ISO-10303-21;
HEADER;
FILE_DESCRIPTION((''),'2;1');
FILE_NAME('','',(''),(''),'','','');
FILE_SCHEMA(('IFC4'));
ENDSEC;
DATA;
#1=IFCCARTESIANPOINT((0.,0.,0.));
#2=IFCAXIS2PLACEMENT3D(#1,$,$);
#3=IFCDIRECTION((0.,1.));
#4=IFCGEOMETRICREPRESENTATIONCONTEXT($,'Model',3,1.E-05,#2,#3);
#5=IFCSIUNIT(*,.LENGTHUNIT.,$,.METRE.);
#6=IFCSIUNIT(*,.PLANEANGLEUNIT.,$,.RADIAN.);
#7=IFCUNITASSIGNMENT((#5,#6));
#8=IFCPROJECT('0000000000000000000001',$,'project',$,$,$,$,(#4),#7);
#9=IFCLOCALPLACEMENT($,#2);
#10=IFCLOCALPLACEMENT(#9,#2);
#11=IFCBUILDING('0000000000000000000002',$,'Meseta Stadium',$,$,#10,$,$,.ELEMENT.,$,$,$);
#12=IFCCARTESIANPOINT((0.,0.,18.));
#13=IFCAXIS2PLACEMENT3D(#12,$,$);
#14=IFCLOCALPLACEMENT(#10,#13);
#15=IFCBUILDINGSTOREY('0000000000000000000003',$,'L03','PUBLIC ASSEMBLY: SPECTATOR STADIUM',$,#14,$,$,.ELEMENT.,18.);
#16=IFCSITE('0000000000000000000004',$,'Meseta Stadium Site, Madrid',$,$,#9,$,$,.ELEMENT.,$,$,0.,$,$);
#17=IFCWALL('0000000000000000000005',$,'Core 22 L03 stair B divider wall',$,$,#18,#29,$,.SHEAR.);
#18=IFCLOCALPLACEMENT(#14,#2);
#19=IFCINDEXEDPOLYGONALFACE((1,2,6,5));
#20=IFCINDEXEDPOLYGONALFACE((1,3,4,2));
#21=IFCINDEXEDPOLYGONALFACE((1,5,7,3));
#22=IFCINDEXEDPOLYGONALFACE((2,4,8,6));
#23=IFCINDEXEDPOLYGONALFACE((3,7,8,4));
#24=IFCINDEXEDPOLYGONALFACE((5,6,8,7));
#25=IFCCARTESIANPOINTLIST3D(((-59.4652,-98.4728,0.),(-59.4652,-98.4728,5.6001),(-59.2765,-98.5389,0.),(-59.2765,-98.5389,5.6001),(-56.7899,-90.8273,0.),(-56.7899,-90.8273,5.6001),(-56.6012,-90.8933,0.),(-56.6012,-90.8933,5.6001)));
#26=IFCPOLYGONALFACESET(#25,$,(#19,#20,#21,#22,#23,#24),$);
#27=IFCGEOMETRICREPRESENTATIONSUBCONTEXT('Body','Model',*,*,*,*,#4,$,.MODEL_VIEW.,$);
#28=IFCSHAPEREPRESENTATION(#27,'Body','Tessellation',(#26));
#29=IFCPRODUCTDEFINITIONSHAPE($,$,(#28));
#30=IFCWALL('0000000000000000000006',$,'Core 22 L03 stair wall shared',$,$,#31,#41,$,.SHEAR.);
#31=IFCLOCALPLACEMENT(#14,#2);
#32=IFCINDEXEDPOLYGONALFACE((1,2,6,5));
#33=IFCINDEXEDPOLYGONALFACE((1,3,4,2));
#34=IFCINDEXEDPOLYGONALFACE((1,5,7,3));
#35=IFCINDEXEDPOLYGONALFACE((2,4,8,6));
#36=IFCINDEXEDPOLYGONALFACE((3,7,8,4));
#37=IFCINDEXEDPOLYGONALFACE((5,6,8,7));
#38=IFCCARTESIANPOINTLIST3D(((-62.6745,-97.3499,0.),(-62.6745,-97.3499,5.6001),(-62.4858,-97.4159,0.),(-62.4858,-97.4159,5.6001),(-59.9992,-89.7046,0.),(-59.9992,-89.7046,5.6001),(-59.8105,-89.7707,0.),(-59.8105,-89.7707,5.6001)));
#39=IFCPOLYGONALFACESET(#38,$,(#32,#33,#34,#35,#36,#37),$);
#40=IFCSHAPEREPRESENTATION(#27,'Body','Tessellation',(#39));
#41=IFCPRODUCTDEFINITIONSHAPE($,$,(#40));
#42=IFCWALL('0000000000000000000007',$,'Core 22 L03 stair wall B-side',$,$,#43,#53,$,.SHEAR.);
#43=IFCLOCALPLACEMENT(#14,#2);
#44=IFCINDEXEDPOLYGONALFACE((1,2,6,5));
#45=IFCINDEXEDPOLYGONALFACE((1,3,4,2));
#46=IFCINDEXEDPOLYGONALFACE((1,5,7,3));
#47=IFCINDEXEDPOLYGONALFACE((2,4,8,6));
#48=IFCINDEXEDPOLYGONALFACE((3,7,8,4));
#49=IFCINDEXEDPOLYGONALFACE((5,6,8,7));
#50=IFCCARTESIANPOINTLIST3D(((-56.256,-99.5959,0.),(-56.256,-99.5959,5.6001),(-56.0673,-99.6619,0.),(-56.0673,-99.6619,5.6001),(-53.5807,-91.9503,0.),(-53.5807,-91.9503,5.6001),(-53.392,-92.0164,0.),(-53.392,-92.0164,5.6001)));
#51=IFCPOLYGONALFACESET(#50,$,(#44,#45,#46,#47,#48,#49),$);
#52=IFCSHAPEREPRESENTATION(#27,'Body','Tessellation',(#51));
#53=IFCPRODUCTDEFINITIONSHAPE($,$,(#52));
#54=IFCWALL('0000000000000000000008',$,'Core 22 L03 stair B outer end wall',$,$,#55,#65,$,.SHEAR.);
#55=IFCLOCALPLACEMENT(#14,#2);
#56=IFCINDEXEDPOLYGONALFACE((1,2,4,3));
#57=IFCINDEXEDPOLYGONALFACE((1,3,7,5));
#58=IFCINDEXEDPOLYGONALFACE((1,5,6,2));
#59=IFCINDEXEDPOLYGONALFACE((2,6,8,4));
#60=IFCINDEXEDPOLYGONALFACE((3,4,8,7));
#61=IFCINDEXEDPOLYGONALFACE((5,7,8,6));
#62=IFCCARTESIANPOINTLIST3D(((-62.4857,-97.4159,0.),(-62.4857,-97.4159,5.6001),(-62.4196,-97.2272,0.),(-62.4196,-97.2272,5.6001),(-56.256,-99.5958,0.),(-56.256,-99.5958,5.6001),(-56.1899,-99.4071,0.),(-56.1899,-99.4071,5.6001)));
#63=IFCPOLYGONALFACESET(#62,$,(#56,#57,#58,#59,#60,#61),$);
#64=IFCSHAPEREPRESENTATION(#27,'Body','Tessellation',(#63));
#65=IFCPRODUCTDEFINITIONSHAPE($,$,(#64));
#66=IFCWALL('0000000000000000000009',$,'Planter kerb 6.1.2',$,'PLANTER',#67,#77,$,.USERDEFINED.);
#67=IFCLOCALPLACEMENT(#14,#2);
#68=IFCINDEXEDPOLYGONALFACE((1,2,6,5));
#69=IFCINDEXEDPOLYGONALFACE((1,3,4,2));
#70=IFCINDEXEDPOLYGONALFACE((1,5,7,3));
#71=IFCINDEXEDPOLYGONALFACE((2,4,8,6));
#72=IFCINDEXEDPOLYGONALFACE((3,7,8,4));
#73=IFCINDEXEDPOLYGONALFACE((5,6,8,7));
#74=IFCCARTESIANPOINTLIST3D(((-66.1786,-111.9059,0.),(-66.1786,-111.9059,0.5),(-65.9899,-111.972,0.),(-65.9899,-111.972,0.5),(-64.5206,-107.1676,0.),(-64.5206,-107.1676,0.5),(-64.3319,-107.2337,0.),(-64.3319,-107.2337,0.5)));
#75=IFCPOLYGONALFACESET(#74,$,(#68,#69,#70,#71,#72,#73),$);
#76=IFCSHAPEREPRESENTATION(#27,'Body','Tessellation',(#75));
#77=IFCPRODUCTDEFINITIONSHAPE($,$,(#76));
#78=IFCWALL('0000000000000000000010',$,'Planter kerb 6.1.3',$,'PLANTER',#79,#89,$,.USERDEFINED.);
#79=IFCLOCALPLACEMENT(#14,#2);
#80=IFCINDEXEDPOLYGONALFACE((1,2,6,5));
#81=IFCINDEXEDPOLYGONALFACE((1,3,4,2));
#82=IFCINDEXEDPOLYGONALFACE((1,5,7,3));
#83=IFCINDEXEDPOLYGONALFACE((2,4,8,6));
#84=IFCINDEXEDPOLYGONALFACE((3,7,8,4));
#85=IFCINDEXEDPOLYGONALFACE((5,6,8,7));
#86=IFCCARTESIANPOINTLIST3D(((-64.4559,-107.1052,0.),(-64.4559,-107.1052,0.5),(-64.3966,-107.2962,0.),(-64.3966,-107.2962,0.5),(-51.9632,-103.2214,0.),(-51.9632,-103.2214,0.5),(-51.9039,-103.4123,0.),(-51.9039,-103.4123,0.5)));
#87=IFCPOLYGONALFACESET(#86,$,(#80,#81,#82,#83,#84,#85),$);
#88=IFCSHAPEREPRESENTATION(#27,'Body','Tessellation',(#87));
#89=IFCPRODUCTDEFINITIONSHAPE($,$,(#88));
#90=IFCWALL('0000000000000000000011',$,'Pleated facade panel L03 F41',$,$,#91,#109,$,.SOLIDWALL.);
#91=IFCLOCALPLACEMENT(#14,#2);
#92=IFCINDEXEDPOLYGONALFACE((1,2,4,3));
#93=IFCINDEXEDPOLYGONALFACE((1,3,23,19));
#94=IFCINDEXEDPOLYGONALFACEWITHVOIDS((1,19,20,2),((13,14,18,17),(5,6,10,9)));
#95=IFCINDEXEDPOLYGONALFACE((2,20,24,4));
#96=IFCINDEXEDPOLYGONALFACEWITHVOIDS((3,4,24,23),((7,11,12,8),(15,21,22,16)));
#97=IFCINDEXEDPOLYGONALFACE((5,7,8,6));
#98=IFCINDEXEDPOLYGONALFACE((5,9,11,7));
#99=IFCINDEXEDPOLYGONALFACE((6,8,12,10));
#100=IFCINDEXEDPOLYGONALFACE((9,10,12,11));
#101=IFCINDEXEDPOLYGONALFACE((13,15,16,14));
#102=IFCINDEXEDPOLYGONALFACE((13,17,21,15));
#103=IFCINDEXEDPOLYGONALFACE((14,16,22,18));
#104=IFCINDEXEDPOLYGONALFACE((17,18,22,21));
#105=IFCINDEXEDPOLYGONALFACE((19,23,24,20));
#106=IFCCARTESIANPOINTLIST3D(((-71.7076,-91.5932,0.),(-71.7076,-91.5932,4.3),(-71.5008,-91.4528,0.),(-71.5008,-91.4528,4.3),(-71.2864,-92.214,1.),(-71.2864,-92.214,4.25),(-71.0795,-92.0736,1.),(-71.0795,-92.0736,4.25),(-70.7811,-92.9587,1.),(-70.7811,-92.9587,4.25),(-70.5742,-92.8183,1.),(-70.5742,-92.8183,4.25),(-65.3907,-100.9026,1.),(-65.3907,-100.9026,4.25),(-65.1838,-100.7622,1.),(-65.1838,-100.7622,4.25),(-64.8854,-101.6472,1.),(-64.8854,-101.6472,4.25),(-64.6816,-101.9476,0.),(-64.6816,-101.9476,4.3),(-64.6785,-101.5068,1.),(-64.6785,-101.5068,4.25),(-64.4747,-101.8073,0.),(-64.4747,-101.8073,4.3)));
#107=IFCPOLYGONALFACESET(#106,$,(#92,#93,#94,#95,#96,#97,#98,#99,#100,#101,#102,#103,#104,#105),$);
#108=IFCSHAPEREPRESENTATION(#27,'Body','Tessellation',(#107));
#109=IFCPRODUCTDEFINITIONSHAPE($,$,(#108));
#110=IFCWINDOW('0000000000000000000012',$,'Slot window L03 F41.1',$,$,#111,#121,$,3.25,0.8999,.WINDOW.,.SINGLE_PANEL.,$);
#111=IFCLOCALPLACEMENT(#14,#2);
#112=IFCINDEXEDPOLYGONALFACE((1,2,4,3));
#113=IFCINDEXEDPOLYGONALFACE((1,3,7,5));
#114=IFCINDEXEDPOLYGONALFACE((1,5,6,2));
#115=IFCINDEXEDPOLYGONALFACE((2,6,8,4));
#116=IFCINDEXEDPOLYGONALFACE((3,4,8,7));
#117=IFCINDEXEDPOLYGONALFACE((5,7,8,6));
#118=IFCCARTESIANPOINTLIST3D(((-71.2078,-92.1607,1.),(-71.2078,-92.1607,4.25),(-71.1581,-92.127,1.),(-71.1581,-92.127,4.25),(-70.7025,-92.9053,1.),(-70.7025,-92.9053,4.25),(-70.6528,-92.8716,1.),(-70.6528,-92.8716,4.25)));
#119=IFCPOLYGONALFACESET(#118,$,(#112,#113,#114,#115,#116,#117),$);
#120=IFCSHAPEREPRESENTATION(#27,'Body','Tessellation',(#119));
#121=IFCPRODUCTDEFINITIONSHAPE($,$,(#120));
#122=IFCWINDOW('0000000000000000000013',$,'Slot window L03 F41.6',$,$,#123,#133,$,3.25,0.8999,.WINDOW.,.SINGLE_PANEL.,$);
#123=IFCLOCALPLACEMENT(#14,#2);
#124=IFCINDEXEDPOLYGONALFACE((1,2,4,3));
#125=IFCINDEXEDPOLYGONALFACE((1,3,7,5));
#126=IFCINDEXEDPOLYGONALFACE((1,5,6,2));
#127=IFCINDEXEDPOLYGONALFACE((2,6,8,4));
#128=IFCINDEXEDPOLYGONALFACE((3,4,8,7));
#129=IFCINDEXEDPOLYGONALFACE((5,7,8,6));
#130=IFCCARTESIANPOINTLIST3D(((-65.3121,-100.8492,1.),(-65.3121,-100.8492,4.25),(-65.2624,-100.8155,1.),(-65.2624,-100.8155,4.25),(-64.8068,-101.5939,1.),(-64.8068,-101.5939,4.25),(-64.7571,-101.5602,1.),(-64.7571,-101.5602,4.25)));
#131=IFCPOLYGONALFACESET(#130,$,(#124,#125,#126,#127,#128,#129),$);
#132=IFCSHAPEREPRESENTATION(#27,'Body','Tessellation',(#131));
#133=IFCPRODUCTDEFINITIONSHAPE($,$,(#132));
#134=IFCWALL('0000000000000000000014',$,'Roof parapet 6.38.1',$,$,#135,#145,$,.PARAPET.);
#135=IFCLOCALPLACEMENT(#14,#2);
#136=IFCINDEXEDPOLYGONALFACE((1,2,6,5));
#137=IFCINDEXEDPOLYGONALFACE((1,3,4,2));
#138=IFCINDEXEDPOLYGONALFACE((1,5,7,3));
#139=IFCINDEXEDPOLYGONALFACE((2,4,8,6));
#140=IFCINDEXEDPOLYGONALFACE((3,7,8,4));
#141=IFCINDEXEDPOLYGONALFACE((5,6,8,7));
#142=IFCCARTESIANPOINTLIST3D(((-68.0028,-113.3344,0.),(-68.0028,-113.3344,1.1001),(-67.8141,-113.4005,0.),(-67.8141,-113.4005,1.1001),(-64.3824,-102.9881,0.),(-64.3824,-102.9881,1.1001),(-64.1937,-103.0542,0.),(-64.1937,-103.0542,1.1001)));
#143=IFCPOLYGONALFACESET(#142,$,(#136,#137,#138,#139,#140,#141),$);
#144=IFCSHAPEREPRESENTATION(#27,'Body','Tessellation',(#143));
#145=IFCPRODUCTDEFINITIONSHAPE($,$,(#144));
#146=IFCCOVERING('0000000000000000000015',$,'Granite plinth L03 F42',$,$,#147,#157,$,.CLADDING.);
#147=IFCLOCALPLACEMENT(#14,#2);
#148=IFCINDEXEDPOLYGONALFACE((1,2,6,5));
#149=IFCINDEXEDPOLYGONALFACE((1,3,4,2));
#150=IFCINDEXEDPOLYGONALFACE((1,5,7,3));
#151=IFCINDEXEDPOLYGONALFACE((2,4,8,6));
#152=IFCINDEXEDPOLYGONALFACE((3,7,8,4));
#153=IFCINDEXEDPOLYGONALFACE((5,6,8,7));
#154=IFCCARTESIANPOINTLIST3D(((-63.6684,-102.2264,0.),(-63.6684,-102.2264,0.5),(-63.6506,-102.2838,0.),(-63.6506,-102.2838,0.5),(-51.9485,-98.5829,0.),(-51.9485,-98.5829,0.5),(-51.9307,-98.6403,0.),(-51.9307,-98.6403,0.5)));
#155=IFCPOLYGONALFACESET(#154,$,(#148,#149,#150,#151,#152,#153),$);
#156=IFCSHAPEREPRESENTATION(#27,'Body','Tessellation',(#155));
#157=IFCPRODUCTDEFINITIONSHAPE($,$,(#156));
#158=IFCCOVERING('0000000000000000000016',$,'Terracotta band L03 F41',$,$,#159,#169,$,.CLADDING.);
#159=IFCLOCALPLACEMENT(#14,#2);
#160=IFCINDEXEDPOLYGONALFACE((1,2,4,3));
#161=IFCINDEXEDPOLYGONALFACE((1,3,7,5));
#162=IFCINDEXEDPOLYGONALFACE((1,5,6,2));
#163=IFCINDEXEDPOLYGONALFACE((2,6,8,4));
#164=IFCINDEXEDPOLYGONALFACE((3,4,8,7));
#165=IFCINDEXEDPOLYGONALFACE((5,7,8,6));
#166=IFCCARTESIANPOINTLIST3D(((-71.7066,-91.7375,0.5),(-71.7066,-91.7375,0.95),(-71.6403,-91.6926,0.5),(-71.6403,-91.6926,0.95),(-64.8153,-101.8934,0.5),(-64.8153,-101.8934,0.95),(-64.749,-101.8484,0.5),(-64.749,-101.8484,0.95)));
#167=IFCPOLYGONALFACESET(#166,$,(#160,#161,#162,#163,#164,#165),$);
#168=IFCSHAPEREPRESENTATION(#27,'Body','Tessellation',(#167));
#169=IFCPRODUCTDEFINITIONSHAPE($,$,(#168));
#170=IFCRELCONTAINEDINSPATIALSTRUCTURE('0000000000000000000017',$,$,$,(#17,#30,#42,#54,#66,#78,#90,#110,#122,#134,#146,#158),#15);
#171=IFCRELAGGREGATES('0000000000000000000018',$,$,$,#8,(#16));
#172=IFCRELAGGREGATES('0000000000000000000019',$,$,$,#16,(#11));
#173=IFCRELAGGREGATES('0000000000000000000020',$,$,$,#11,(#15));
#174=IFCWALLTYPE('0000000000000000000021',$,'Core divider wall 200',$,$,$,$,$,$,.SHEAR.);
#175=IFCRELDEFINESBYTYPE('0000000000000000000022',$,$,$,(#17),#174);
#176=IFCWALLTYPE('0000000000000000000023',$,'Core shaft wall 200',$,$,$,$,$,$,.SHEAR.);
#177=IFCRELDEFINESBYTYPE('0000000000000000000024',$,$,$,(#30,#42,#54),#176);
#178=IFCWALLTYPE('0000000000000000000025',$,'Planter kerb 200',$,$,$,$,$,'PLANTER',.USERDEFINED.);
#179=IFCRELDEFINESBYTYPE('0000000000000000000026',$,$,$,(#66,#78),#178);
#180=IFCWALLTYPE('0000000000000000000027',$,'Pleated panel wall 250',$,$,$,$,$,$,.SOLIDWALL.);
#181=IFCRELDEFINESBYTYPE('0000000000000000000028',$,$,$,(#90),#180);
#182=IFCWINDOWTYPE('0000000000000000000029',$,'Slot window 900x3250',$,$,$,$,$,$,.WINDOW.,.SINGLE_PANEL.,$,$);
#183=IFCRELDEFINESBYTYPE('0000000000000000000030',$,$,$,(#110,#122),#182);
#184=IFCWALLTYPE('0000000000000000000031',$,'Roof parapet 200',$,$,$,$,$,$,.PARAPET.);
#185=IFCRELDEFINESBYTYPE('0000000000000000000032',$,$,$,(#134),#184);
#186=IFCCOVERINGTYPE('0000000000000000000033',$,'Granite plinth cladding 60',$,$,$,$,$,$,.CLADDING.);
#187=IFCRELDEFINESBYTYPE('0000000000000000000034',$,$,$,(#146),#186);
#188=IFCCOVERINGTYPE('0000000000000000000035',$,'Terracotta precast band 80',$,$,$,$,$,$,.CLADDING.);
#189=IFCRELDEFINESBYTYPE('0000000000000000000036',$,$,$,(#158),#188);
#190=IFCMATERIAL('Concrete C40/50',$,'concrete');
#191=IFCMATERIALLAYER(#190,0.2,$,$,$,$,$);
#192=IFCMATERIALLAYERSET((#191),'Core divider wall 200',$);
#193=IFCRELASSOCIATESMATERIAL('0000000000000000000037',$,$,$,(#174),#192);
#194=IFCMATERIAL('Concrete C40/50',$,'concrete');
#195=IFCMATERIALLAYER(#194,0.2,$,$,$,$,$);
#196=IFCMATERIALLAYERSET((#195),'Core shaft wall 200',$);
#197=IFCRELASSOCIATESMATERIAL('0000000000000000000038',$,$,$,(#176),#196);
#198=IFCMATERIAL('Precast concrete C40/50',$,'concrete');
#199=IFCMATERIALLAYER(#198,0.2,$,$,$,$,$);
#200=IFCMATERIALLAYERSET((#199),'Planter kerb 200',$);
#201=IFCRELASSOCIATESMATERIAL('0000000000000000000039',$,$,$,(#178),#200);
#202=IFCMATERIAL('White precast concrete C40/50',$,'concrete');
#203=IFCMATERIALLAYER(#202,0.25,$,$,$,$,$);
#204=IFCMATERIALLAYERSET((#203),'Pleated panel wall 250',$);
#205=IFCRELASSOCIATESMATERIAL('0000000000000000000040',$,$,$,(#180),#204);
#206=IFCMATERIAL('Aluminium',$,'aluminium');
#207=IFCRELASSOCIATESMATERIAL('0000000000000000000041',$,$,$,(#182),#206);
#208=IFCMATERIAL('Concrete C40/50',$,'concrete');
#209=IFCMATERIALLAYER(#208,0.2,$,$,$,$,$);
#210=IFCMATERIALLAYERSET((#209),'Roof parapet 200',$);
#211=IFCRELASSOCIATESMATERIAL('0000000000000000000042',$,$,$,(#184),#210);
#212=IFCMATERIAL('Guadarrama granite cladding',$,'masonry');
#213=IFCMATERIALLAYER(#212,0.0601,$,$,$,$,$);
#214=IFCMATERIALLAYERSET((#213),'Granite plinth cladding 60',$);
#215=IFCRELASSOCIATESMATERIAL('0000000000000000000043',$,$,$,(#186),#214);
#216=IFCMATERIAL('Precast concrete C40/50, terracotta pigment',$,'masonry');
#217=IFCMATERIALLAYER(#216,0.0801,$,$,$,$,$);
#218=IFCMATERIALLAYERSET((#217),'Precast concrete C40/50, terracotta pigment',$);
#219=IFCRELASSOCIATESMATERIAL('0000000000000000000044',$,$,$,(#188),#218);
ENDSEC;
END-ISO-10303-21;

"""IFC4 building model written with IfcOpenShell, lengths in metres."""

from ifc_helpers import new_model, si_unit, direction, frame, frame_2d, origin, origin_2d, place, context, subcontext, project, spatial, rectangle, extrude, material, layer, layer_set, type_object, element, fill, save


model = new_model("IFC4")

# Units and contexts
model_context = context("Model", 3, precision=1e-05, world=origin(), true_north=direction((0.0, 1.0)))
body_context = subcontext(model_context, "Body", "Model", "MODEL_VIEW")
ifc_project = project(units=[si_unit("LENGTHUNIT", "METRE"), si_unit("PLANEANGLEUNIT", "RADIAN")], contexts=[model_context])

# Site, building, storey
site_placement = place(None, origin())
site = spatial("IfcSite", under=ifc_project, at=site_placement, Name="Meseta Stadium Site, Madrid", CompositionType="ELEMENT", RefElevation=0.0)
building_placement = place(site_placement, origin())
building = spatial("IfcBuilding", under=site, at=building_placement, Name="Meseta Stadium", CompositionType="ELEMENT")
storey_placement = place(building_placement, frame((0.0, 0.0, 18.0)))
storey = spatial("IfcBuildingStorey", under=building, at=storey_placement, Name="L03", Description="PUBLIC ASSEMBLY: SPECTATOR STADIUM", CompositionType="ELEMENT", Elevation=18.0)

# Walls
ifc_material_1 = material(Name="Concrete C40/50", Category="concrete")
ifc_layer_1 = layer(ifc_material_1, 0.2)
ifc_layer_set_1 = layer_set([ifc_layer_1], Name="Core divider wall 200")
wall_type_1 = type_object("IfcWallType", Name="Core divider wall 200", PredefinedType="SHEAR", material=ifc_layer_set_1)
wall_1_placement = place(storey_placement, frame((-59.3708, -98.5059, 0.0), z_axis=(0.0, 0.0, 1.0), x_axis=(0.330281, 0.943883, 0.0)))
element("IfcWall", 1, at=wall_1_placement, inside=storey, type_object=wall_type_1, Name="Core 22 L03 stair B divider wall", PredefinedType="SHEAR", context=body_context, shape_type="SweptSolid", body=[
    extrude(rectangle(XDim=8.1001, YDim=0.2, at=frame_2d((4.05, 0.0))), origin(), (0.0, 0.0, 1.0), 5.6001),
])
ifc_material_2 = material(Name="Concrete C40/50", Category="concrete")
ifc_layer_2 = layer(ifc_material_2, 0.2)
ifc_layer_set_2 = layer_set([ifc_layer_2], Name="Core shaft wall 200")
wall_type_2 = type_object("IfcWallType", Name="Core shaft wall 200", PredefinedType="SHEAR", material=ifc_layer_set_2)
wall_2_placement = place(storey_placement, frame((-62.5801, -97.3828, 0.0), z_axis=(0.0, 0.0, 1.0), x_axis=(0.33029, 0.94388, 0.0)))
element("IfcWall", 2, at=wall_2_placement, inside=storey, type_object=wall_type_2, Name="Core 22 L03 stair wall shared", PredefinedType="SHEAR", context=body_context, shape_type="SweptSolid", body=[
    extrude(rectangle(XDim=8.0999, YDim=0.2, at=frame_2d((4.0498, 0.0))), origin(), (0.0, 0.0, 1.0), 5.6001),
])
wall_3_placement = place(storey_placement, frame((-56.1616, -99.6289, 0.0), z_axis=(0.0, 0.0, 1.0), x_axis=(0.330281, 0.943883, 0.0)))
element("IfcWall", 3, at=wall_3_placement, inside=storey, type_object=wall_type_2, Name="Core 22 L03 stair wall B-side", PredefinedType="SHEAR", context=body_context, shape_type="SweptSolid", body=[
    extrude(rectangle(XDim=8.1001, YDim=0.2, at=frame_2d((4.05, 0.0))), origin(), (0.0, 0.0, 1.0), 5.6001),
])
wall_4_placement = place(storey_placement, frame((-62.4526, -97.3215, 0.0), z_axis=(0.0, 0.0, 1.0), x_axis=(0.943881, -0.330286, 0.0)))
element("IfcWall", 4, at=wall_4_placement, inside=storey, type_object=wall_type_2, Name="Core 22 L03 stair B outer end wall", PredefinedType="SHEAR", context=body_context, shape_type="SweptSolid", body=[
    extrude(rectangle(XDim=6.6001, YDim=0.2, at=frame_2d((3.3, 0.0))), origin(), (0.0, 0.0, 1.0), 5.6001),
])
ifc_material_3 = material(Name="Precast concrete C40/50", Category="concrete")
ifc_layer_3 = layer(ifc_material_3, 0.2)
ifc_layer_set_3 = layer_set([ifc_layer_3], Name="Planter kerb 200")
wall_type_3 = type_object("IfcWallType", Name="Planter kerb 200", ElementType="PLANTER", PredefinedType="USERDEFINED", material=ifc_layer_set_3)
wall_5_placement = place(storey_placement, frame((-66.0842, -111.939, 0.0), z_axis=(0.0, 0.0, 1.0), x_axis=(0.330272, 0.943886, 0.0)))
element("IfcWall", 5, at=wall_5_placement, inside=storey, type_object=wall_type_3, Name="Planter kerb 6.1.2", ObjectType="PLANTER", PredefinedType="USERDEFINED", context=body_context, shape_type="SweptSolid", body=[
    extrude(rectangle(XDim=5.02, YDim=0.2, at=frame_2d((2.51, 0.0))), origin(), (0.0, 0.0, 1.0), 0.5),
])
wall_6_placement = place(storey_placement, frame((-64.4263, -107.2007, 0.0), z_axis=(0.0, 0.0, 1.0), x_axis=(0.954918, 0.29687, 0.0)))
element("IfcWall", 6, at=wall_6_placement, inside=storey, type_object=wall_type_3, Name="Planter kerb 6.1.3", ObjectType="PLANTER", PredefinedType="USERDEFINED", context=body_context, shape_type="SweptSolid", body=[
    extrude(rectangle(XDim=13.0825, YDim=0.2, at=frame_2d((6.5413, 0.0))), origin(), (0.0, 0.0, 1.0), 0.5),
])

# Wall, openings, windows
ifc_material_4 = material(Name="White precast concrete C40/50", Category="concrete")
ifc_layer_4 = layer(ifc_material_4, 0.25)
ifc_layer_set_4 = layer_set([ifc_layer_4], Name="Pleated panel wall 250")
wall_type_4 = type_object("IfcWallType", Name="Pleated panel wall 250", PredefinedType="SOLIDWALL", material=ifc_layer_set_4)
wall_7_placement = place(storey_placement, frame((-64.5781, -101.8774, 0.0), z_axis=(0.0, 0.0, 1.0), x_axis=(-0.561494, 0.827481, 0.0)))
wall_7 = element("IfcWall", 7, at=wall_7_placement, inside=storey, type_object=wall_type_4, Name="Pleated facade panel L03 F41", PredefinedType="SOLIDWALL", context=body_context, shape_type="SweptSolid", body=[
    extrude(rectangle(XDim=12.5132, YDim=0.25, at=frame_2d((6.2566, 0.0))), origin(), (0.0, 0.0, 1.0), 4.3),
])
opening_1_placement = place(wall_7_placement, frame((10.863, 0.0, 1.0)))
opening_1 = element("IfcOpeningElement", 8, at=opening_1_placement, cuts=wall_7, PredefinedType="OPENING", context=body_context, shape_type="SweptSolid", body=[
    extrude(rectangle(XDim=0.8999, YDim=3.25, at=frame_2d((0.45, 1.625))), frame((0.0, 0.135, 0.0), z_axis=(0.0, -1.0, 0.0), x_axis=(1.0, 0.0, 0.0)), (0.0, 0.0, 1.0), 0.27),
])
opening_2_placement = place(wall_7_placement, frame((0.363, 0.0, 1.0)))
opening_2 = element("IfcOpeningElement", 9, at=opening_2_placement, cuts=wall_7, PredefinedType="OPENING", context=body_context, shape_type="SweptSolid", body=[
    extrude(rectangle(XDim=0.8999, YDim=3.25, at=frame_2d((0.45, 1.625))), frame((0.0, 0.135, 0.0), z_axis=(0.0, -1.0, 0.0), x_axis=(1.0, 0.0, 0.0)), (0.0, 0.0, 1.0), 0.27),
])
ifc_material_5 = material(Name="Aluminium", Category="aluminium")
window_type = type_object("IfcWindowType", Name="Slot window 900x3250", PartitioningType="SINGLE_PANEL", PredefinedType="WINDOW", material=ifc_material_5)
window_1_placement = place(opening_1_placement, origin())
window_1 = element("IfcWindow", 10, at=window_1_placement, inside=storey, type_object=window_type, Name="Slot window L03 F41.1", OverallHeight=3.25, OverallWidth=0.8999, PartitioningType="SINGLE_PANEL", PredefinedType="WINDOW", context=body_context, shape_type="SweptSolid", body=[
    extrude(rectangle(XDim=0.8999, YDim=3.25, at=frame_2d((0.45, 1.625))), frame((0.0, 0.03, 0.0), z_axis=(0.0, -1.0, 0.0), x_axis=(1.0, 0.0, 0.0)), (0.0, 0.0, 1.0), 0.0601),
])
fill(opening_1, window_1)
window_2_placement = place(opening_2_placement, origin())
window_2 = element("IfcWindow", 11, at=window_2_placement, inside=storey, type_object=window_type, Name="Slot window L03 F41.6", OverallHeight=3.25, OverallWidth=0.8999, PartitioningType="SINGLE_PANEL", PredefinedType="WINDOW", context=body_context, shape_type="SweptSolid", body=[
    extrude(rectangle(XDim=0.8999, YDim=3.25, at=frame_2d((0.45, 1.625))), frame((0.0, 0.03, 0.0), z_axis=(0.0, -1.0, 0.0), x_axis=(1.0, 0.0, 0.0)), (0.0, 0.0, 1.0), 0.0601),
])
fill(opening_2, window_2)

# Wall
ifc_material_6 = material(Name="Concrete C40/50", Category="concrete")
ifc_layer_5 = layer(ifc_material_6, 0.2)
ifc_layer_set_5 = layer_set([ifc_layer_5], Name="Roof parapet 200")
wall_type_5 = type_object("IfcWallType", Name="Roof parapet 200", PredefinedType="PARAPET", material=ifc_layer_set_5)
wall_8_placement = place(storey_placement, frame((-67.9084, -113.3674, 0.0), z_axis=(0.0, 0.0, 1.0), x_axis=(0.330285, 0.943881, 0.0)))
element("IfcWall", 12, at=wall_8_placement, inside=storey, type_object=wall_type_5, Name="Roof parapet 6.38.1", PredefinedType="PARAPET", context=body_context, shape_type="SweptSolid", body=[
    extrude(rectangle(XDim=10.9614, YDim=0.2, at=frame_2d((5.4807, 0.0))), origin(), (0.0, 0.0, 1.0), 1.1001),
])

# Coverings
ifc_material_7 = material(Name="Guadarrama granite cladding", Category="masonry")
ifc_layer_6 = layer(ifc_material_7, 0.0601)
ifc_layer_set_6 = layer_set([ifc_layer_6], Name="Granite plinth cladding 60")
covering_type_1 = type_object("IfcCoveringType", Name="Granite plinth cladding 60", PredefinedType="CLADDING", material=ifc_layer_set_6)
covering_placement = place(storey_placement, frame((-57.7996, -100.4333, 0.0), z_axis=(0.0, 0.0, 1.0), x_axis=(-0.954918, -0.296868, 0.0)))
element("IfcCovering", 13, at=covering_placement, inside=storey, type_object=covering_type_1, Name="Granite plinth L03 F42", PredefinedType="CLADDING", context=body_context, shape_type="SweptSolid", body=[
    extrude(rectangle(XDim=12.2732, YDim=0.0601, at=origin_2d()), origin(), (0.0, 0.0, 1.0), 0.5),
])
ifc_material_8 = material(Name="Precast concrete C40/50, terracotta pigment", Category="masonry")
ifc_layer_7 = layer(ifc_material_8, 0.0801)
ifc_layer_set_7 = layer_set([ifc_layer_7], Name="Precast concrete C40/50, terracotta pigment")
covering_type_2 = type_object("IfcCoveringType", Name="Terracotta precast band 80", PredefinedType="CLADDING", material=ifc_layer_set_7)
for number, where, z_axis, x_axis, name in (
    (14, (-68.2278, -96.793, 0.5), (0.0, 0.0, 1.0), (-0.56149, 0.827484, 0.0), "Terracotta band L03 F41"),
):
    element("IfcCovering", number, at=place(storey_placement, frame(where, z_axis=z_axis, x_axis=x_axis)), inside=storey, type_object=covering_type_2, Name=name, PredefinedType="CLADDING", context=body_context, shape_type="SweptSolid", body=[
        extrude(rectangle(XDim=12.2732, YDim=0.0801, at=origin_2d()), origin(), (0.0, 0.0, 1.0), 0.45),
    ])

save(model, "model.ifc")
